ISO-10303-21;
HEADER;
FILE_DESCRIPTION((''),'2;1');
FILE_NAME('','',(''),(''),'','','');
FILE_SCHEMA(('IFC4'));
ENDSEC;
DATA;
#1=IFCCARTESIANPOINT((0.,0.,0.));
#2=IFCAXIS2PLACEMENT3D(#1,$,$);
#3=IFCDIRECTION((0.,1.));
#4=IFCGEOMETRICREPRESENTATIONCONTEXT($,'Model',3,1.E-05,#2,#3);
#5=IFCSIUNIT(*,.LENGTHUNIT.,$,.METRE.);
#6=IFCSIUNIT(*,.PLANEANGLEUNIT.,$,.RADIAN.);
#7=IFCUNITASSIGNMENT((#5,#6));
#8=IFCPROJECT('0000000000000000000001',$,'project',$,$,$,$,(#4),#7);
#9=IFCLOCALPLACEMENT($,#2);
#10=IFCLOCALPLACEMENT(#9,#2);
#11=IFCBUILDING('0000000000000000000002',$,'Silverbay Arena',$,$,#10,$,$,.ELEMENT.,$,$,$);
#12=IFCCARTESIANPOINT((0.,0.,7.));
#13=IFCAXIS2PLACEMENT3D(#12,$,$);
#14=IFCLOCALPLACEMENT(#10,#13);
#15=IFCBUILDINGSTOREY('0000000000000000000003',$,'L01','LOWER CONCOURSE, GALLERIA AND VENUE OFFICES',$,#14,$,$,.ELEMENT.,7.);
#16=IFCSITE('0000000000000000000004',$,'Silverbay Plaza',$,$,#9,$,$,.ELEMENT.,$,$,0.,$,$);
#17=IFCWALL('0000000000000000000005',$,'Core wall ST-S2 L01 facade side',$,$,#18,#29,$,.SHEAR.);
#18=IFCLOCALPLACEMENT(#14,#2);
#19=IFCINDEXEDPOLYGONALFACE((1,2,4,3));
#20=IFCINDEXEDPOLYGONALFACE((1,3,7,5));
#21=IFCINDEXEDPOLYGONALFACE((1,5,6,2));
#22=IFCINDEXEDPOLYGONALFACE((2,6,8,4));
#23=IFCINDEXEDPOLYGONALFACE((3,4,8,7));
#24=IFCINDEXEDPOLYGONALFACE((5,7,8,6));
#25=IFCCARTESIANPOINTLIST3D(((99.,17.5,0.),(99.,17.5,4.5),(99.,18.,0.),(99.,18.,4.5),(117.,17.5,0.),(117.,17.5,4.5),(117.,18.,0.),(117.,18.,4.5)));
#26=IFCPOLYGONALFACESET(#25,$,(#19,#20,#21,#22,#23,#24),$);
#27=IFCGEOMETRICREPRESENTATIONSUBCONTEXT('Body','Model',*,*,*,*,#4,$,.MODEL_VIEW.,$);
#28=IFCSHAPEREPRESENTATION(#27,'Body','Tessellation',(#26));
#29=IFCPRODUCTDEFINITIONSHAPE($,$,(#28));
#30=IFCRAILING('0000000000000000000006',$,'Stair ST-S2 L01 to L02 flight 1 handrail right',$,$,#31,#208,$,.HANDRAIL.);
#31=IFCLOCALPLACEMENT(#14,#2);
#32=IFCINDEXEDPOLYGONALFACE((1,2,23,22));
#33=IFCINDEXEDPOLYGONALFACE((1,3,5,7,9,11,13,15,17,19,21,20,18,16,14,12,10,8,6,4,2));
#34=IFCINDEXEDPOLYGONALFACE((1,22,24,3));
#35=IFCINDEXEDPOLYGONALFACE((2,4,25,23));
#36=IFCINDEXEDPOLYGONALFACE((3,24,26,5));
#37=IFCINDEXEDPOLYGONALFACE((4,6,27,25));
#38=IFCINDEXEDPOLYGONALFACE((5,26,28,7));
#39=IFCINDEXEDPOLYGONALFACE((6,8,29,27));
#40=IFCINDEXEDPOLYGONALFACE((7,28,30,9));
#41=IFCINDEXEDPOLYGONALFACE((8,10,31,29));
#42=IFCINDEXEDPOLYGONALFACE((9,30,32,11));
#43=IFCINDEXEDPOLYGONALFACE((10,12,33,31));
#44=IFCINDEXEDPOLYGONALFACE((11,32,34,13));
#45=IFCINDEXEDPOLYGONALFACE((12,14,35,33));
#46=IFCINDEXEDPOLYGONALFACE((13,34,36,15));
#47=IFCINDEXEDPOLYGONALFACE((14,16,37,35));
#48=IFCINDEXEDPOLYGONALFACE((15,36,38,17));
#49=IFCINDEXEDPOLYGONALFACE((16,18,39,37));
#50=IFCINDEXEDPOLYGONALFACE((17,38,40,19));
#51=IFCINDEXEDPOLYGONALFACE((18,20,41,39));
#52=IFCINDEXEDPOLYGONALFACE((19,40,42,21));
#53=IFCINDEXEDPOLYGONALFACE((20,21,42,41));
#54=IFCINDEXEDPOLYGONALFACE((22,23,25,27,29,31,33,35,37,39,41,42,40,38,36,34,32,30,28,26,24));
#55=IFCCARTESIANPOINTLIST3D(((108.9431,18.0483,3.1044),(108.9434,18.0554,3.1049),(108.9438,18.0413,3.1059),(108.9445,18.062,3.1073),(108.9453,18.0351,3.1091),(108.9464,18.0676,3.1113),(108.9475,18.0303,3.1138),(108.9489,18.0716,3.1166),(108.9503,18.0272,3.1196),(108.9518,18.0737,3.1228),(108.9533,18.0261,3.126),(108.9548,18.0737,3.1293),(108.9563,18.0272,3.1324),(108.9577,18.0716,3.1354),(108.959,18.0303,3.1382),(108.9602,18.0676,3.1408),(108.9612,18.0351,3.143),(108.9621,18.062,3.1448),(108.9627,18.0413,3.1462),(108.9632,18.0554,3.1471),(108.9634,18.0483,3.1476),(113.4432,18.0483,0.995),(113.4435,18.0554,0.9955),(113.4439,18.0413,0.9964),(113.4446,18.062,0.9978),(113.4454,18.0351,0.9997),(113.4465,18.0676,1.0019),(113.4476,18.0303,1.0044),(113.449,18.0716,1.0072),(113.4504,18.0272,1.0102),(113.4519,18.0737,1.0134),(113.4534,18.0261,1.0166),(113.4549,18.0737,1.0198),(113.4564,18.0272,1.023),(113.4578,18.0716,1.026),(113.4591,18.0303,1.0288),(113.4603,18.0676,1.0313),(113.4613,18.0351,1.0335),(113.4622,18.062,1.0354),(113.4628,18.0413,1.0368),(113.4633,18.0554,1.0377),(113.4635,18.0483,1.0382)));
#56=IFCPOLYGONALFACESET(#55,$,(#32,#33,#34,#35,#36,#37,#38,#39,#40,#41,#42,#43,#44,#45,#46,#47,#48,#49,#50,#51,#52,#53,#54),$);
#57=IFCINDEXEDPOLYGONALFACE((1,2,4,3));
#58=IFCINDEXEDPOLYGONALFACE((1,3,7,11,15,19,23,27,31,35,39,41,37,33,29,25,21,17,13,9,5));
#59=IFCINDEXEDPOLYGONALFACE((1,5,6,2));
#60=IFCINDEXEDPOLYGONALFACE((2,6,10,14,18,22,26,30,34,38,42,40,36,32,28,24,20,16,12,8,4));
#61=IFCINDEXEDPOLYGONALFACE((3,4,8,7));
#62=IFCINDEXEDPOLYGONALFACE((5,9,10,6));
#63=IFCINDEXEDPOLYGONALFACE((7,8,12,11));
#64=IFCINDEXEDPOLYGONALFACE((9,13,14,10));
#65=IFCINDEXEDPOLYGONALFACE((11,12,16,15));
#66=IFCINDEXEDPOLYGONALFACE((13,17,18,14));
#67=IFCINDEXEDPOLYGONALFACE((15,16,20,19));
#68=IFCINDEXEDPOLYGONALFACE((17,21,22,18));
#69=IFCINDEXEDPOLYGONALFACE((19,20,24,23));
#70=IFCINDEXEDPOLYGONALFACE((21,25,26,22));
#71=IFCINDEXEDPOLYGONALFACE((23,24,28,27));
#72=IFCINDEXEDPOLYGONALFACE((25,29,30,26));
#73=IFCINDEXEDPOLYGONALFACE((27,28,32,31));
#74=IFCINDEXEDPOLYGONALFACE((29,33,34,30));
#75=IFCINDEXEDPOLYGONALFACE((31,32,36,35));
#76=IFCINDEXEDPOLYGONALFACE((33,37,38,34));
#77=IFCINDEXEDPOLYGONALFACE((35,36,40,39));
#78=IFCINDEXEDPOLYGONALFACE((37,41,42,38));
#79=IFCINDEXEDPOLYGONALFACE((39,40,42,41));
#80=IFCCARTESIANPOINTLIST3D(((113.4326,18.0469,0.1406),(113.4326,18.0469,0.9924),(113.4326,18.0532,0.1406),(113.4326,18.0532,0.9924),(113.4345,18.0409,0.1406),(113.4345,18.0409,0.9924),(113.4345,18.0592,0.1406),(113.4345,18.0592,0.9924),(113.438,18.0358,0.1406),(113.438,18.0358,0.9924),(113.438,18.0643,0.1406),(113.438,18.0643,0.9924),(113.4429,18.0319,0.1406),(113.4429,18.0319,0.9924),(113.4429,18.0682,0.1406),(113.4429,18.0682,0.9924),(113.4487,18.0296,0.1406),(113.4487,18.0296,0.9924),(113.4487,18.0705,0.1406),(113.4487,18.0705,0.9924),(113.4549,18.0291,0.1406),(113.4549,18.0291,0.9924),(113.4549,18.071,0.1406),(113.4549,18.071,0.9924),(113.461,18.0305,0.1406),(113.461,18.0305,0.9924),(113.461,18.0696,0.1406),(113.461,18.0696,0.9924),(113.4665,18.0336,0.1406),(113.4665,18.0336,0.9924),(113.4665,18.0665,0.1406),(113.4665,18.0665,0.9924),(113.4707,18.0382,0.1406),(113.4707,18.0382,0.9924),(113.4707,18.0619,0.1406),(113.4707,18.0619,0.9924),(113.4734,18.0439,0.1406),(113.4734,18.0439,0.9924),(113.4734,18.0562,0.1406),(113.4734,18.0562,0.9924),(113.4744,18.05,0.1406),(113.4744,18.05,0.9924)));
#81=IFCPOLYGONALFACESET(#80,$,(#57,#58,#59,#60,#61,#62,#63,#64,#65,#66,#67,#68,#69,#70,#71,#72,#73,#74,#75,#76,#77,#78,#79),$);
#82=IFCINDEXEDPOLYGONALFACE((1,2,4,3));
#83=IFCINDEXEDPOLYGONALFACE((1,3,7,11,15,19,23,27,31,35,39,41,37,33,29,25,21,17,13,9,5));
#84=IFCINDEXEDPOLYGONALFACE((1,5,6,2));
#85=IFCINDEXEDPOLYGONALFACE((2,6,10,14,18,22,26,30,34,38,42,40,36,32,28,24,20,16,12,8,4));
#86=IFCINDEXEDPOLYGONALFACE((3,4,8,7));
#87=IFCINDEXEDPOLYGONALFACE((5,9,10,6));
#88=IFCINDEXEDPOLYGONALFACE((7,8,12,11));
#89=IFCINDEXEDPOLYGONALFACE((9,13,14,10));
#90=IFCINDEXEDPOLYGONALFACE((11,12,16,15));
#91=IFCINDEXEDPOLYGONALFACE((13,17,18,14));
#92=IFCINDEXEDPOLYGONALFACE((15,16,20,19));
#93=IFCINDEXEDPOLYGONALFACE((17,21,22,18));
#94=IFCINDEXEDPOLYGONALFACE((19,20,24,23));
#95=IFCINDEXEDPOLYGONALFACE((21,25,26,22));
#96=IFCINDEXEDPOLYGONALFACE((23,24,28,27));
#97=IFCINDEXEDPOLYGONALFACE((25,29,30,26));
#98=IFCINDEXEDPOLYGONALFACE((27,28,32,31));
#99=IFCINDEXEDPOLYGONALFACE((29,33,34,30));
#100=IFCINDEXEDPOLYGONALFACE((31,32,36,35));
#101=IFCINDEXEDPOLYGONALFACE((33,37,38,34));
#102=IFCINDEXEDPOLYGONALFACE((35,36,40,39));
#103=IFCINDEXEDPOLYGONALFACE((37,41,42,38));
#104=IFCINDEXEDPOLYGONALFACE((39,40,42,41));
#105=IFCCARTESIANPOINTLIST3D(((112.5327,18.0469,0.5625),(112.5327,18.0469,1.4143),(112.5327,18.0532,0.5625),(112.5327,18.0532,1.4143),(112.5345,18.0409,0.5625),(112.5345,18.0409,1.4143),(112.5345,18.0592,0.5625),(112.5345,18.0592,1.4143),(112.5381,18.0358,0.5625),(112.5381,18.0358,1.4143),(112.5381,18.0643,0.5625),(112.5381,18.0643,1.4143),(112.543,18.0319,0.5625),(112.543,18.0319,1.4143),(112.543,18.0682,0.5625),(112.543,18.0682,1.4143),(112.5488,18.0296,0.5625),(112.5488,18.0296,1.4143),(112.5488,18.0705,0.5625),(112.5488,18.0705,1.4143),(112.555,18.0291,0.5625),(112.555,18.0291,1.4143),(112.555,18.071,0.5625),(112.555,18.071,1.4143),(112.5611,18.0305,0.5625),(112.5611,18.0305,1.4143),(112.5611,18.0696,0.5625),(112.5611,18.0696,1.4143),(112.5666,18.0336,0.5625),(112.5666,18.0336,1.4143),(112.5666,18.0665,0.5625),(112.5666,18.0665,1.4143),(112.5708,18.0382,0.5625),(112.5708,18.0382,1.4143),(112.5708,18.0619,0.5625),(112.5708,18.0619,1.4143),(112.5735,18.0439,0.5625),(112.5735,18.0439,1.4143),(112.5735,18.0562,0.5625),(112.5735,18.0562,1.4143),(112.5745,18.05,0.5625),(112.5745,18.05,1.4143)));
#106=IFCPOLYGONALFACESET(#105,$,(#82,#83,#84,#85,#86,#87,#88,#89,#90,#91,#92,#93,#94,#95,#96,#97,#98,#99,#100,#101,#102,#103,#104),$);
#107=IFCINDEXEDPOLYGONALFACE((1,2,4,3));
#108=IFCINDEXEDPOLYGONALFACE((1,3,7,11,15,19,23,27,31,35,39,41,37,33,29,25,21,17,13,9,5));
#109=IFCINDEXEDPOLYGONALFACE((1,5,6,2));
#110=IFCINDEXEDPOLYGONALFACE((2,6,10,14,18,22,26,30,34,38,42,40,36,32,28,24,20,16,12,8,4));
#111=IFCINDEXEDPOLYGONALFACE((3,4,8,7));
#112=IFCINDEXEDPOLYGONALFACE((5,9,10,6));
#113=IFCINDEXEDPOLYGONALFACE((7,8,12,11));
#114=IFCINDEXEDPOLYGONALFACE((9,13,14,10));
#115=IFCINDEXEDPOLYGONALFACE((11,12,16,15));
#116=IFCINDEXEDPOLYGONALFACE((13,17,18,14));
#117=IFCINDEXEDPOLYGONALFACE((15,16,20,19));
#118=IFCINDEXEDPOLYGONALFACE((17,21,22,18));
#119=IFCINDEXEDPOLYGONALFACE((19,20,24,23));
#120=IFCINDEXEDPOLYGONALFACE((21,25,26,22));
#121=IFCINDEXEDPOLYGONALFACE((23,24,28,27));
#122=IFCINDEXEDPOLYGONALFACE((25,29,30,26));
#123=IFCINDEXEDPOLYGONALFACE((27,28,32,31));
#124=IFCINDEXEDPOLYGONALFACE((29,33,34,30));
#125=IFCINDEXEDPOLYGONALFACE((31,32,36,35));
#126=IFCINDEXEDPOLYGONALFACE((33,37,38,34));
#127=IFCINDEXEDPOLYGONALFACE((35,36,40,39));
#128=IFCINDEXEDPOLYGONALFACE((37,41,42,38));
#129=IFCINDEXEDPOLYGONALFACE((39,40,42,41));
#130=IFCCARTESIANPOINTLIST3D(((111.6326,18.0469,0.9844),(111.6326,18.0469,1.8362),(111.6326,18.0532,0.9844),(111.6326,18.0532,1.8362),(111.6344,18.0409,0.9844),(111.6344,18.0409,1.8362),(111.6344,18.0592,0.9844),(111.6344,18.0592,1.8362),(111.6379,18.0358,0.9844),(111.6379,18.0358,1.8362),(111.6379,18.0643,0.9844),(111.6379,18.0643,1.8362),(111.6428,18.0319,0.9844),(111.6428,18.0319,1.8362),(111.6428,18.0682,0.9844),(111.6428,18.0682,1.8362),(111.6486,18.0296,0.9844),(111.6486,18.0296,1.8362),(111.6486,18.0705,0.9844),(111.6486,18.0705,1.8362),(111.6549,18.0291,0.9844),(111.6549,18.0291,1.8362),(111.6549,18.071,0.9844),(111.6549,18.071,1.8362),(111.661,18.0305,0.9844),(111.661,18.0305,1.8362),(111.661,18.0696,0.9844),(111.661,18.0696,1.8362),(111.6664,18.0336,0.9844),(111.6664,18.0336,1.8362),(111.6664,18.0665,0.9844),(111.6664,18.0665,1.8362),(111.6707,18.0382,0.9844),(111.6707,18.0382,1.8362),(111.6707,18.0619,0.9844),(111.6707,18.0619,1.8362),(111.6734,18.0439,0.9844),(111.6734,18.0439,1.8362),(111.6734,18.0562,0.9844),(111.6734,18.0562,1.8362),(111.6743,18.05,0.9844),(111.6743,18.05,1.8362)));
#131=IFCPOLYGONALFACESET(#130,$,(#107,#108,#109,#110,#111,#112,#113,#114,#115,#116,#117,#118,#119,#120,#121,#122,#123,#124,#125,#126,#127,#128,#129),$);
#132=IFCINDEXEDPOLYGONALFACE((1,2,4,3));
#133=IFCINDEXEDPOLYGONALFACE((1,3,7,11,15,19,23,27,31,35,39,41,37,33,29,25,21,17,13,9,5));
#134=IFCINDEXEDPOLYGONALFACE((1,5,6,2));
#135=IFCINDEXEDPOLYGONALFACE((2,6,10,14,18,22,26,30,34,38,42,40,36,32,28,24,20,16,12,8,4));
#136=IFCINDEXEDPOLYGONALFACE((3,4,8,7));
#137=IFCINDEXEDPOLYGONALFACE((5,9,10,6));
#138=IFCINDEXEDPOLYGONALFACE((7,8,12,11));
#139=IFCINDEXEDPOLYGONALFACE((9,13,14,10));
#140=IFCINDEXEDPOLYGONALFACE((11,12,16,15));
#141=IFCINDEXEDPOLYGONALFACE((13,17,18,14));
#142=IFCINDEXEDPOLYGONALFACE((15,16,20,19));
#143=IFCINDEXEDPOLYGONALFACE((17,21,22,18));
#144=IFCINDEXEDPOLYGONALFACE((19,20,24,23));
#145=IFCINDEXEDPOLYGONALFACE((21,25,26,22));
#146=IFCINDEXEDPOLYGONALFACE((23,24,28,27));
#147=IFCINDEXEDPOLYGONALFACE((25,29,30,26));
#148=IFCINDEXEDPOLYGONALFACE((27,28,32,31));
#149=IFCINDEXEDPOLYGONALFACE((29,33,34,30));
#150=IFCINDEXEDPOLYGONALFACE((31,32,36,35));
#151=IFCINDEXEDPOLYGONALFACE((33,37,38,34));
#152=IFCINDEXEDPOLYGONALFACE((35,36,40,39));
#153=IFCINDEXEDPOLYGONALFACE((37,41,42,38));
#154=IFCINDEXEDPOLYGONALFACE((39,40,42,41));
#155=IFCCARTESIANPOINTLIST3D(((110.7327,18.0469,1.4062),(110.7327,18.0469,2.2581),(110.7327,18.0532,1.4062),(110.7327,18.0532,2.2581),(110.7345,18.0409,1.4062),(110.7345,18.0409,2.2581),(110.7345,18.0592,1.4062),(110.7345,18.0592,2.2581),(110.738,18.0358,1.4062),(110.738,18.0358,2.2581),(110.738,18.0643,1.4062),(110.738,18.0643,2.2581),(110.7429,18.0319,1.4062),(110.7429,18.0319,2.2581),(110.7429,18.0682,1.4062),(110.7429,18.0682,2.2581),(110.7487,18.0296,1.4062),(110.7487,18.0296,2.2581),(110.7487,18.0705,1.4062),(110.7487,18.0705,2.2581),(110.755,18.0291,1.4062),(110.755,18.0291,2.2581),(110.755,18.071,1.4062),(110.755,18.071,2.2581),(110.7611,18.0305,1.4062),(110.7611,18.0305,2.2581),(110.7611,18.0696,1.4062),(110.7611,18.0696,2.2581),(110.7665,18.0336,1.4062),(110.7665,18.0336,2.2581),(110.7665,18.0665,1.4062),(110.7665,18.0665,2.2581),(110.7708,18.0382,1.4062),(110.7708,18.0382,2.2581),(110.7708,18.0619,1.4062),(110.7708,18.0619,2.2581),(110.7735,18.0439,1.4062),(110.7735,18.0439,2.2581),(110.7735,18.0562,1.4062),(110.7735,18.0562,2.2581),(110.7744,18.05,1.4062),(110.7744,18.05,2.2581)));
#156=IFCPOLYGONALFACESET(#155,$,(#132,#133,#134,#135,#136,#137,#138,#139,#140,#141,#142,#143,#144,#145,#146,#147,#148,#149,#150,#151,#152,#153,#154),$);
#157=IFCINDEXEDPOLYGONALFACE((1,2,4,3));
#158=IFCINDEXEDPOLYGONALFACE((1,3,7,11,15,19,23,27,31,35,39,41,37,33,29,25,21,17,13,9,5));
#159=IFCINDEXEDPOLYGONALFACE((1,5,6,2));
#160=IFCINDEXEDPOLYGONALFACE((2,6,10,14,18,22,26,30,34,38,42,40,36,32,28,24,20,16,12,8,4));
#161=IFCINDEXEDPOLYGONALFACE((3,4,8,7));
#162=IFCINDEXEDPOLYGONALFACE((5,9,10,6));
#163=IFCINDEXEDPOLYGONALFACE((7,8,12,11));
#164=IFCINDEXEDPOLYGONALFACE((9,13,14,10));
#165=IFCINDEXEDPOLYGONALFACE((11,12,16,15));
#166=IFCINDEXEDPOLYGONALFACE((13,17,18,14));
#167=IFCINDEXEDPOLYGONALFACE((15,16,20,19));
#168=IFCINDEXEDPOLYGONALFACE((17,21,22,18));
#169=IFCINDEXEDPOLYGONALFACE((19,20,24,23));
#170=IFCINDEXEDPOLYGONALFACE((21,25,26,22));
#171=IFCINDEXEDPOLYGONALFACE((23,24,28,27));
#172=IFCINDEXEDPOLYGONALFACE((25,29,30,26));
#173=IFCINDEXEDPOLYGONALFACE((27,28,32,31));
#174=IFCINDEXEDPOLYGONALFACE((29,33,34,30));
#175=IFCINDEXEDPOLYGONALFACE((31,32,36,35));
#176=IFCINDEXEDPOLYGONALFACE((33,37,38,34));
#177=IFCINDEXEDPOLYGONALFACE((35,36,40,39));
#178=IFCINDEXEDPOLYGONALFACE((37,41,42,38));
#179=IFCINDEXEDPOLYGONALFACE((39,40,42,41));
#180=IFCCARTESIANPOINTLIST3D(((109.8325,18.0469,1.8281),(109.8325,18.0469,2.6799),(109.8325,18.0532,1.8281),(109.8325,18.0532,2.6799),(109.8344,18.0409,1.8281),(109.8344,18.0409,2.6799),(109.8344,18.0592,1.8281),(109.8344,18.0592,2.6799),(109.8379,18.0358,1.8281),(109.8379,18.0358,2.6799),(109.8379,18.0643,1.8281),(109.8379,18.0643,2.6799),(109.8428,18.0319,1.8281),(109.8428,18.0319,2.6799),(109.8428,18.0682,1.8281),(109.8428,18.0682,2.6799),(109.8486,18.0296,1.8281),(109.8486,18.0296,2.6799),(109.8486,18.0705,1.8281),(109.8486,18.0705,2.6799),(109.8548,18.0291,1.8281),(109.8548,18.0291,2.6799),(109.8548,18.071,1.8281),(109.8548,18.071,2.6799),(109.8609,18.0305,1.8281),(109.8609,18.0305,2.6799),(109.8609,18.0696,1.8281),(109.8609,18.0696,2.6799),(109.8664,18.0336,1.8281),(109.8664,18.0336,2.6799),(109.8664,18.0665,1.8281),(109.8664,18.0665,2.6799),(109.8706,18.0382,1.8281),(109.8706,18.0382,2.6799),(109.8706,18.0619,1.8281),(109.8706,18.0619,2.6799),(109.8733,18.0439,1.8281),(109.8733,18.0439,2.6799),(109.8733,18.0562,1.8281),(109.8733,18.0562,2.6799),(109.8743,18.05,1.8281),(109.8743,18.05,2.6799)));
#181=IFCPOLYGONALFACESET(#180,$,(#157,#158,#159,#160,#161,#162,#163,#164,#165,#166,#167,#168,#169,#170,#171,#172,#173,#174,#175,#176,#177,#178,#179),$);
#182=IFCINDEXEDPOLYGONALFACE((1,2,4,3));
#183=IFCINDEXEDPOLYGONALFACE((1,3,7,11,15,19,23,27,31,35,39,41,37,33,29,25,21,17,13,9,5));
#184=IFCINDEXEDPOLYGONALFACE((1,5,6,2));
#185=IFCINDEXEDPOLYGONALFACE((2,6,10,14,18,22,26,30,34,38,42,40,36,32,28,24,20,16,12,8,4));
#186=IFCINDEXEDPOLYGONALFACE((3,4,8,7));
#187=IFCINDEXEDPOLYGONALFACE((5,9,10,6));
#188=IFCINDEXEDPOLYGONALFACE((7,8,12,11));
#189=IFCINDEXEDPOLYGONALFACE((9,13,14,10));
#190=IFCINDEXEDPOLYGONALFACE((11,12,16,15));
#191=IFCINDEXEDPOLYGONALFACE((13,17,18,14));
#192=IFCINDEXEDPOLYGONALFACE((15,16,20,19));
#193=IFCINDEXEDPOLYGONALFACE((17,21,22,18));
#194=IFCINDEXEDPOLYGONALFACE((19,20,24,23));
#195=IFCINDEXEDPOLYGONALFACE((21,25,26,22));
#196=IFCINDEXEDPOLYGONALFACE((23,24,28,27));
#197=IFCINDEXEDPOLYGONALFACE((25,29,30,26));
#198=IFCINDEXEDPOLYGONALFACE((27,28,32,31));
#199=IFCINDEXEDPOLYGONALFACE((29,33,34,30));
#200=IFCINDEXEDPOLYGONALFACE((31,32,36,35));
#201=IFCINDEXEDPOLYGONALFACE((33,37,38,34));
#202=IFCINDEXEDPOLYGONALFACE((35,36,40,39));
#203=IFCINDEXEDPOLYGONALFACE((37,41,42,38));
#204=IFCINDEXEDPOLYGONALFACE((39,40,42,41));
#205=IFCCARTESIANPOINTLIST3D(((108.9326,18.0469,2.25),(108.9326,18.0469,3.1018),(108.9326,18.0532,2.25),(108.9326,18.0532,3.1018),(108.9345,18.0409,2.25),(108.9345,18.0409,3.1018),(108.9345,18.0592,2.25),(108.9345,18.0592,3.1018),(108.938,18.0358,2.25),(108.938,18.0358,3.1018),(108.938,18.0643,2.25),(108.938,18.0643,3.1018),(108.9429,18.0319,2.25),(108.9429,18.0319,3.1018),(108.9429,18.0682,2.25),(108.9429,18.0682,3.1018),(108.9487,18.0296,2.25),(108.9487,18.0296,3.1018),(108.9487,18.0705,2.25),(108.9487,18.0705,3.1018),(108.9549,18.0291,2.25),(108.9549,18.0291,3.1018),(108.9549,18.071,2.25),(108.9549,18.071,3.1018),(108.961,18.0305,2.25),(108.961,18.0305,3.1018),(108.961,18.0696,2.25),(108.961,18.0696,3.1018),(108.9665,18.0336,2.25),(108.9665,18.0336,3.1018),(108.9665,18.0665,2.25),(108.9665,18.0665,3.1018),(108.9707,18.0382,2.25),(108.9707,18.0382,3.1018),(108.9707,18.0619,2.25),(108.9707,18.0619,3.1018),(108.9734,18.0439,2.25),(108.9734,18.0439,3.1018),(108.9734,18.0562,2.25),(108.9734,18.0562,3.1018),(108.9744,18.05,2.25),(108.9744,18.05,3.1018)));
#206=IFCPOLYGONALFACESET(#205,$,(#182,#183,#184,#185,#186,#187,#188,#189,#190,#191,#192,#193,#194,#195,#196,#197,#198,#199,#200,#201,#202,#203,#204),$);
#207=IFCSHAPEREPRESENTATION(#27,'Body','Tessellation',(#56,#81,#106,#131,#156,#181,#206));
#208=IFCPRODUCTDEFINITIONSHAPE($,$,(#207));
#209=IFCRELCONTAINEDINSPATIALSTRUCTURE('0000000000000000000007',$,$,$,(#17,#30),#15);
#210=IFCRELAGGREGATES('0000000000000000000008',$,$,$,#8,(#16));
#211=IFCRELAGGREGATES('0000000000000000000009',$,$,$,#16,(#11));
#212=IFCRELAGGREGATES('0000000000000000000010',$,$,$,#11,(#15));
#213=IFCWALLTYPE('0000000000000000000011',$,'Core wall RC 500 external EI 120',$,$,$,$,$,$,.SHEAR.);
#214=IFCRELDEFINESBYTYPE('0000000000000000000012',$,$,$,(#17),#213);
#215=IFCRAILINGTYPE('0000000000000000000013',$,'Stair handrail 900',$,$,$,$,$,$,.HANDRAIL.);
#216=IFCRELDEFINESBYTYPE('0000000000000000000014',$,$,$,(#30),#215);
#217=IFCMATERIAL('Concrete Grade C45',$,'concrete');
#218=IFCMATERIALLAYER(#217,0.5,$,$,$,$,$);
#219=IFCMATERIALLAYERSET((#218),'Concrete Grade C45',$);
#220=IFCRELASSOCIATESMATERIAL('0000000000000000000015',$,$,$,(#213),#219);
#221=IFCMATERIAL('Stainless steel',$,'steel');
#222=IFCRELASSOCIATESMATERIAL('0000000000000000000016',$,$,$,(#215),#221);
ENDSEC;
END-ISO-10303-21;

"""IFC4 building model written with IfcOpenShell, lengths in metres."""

from ifc_helpers import new_model, si_unit, direction, frame, frame_2d, origin, origin_2d, place, context, subcontext, project, spatial, rectangle, circle, extrude, material, layer, layer_set, type_object, element, save


model = new_model("IFC4")

# Units and contexts
model_context = context("Model", 3, precision=1e-05, world=origin(), true_north=direction((0.0, 1.0)))
body_context = subcontext(model_context, "Body", "Model", "MODEL_VIEW")
ifc_project = project(units=[si_unit("LENGTHUNIT", "METRE"), si_unit("PLANEANGLEUNIT", "RADIAN")], contexts=[model_context])

# Site, building, storey
site_placement = place(None, origin())
site = spatial("IfcSite", under=ifc_project, at=site_placement, Name="Silverbay Plaza", CompositionType="ELEMENT", RefElevation=0.0)
building_placement = place(site_placement, origin())
building = spatial("IfcBuilding", under=site, at=building_placement, Name="Silverbay Arena", CompositionType="ELEMENT")
storey_placement = place(building_placement, frame((0.0, 0.0, 7.0)))
storey = spatial("IfcBuildingStorey", under=building, at=storey_placement, Name="L01", Description="LOWER CONCOURSE, GALLERIA AND VENUE OFFICES", CompositionType="ELEMENT", Elevation=7.0)

# Wall
ifc_material_1 = material(Name="Concrete Grade C45", Category="concrete")
ifc_layer_1 = layer(ifc_material_1, 0.5)
ifc_layer_set_1 = layer_set([ifc_layer_1], Name="Concrete Grade C45")
wall_type_1 = type_object("IfcWallType", Name="Core wall RC 500 external EI 120", PredefinedType="SHEAR", material=ifc_layer_set_1)
wall_1_placement = place(storey_placement, frame((117.0, 17.75, 0.0), z_axis=(0.0, 0.0, 1.0), x_axis=(-1.0, 0.0, 0.0)))
element("IfcWall", 1, at=wall_1_placement, inside=storey, type_object=wall_type_1, Name="Core wall ST-S2 L01 facade side", PredefinedType="SHEAR", context=body_context, shape_type="SweptSolid", body=[
    extrude(rectangle(XDim=18.0, YDim=0.5, at=frame_2d((9.0, 0.0))), origin(), (0.0, 0.0, 1.0), 4.5),
])

# Railing
ifc_material_2 = material(Name="Stainless steel", Category="steel")
railing_type = type_object("IfcRailingType", Name="Stair handrail 900", PredefinedType="HANDRAIL", material=ifc_material_2)
railing_placement = place(storey_placement, frame((113.4534, 18.05, 0.1406)))
element("IfcRailing", 2, at=railing_placement, inside=storey, type_object=railing_type, Name="Stair ST-S2 L01 to L02 flight 1 handrail right", PredefinedType="HANDRAIL", context=body_context, shape_type="SweptSolid", body=[
    extrude(circle(Radius=0.0239, at=origin_2d()), frame((0.0, 0.0, 0.876), z_axis=(-0.905459, 0.0, 0.424434), x_axis=(0.0, -1.0, 0.0)), (0.0, 0.0, 1.0), 4.97),
    extrude(circle(Radius=0.021, at=origin_2d()), origin(), (0.0, 0.0, 1.0), 0.8518),
    extrude(circle(Radius=0.021, at=origin_2d()), frame((-0.8999, 0.0, 0.4219)), (0.0, 0.0, 1.0), 0.8518),
    extrude(circle(Radius=0.021, at=origin_2d()), frame((-1.8, 0.0, 0.8438)), (0.0, 0.0, 1.0), 0.8518),
    extrude(circle(Radius=0.021, at=origin_2d()), frame((-2.7, 0.0, 1.2656)), (0.0, 0.0, 1.0), 0.8518),
    extrude(circle(Radius=0.021, at=origin_2d()), frame((-3.6001, 0.0, 1.6875)), (0.0, 0.0, 1.0), 0.8518),
    extrude(circle(Radius=0.021, at=origin_2d()), frame((-4.5, 0.0, 2.1094)), (0.0, 0.0, 1.0), 0.8518),
])

save(model, "model.ifc")
